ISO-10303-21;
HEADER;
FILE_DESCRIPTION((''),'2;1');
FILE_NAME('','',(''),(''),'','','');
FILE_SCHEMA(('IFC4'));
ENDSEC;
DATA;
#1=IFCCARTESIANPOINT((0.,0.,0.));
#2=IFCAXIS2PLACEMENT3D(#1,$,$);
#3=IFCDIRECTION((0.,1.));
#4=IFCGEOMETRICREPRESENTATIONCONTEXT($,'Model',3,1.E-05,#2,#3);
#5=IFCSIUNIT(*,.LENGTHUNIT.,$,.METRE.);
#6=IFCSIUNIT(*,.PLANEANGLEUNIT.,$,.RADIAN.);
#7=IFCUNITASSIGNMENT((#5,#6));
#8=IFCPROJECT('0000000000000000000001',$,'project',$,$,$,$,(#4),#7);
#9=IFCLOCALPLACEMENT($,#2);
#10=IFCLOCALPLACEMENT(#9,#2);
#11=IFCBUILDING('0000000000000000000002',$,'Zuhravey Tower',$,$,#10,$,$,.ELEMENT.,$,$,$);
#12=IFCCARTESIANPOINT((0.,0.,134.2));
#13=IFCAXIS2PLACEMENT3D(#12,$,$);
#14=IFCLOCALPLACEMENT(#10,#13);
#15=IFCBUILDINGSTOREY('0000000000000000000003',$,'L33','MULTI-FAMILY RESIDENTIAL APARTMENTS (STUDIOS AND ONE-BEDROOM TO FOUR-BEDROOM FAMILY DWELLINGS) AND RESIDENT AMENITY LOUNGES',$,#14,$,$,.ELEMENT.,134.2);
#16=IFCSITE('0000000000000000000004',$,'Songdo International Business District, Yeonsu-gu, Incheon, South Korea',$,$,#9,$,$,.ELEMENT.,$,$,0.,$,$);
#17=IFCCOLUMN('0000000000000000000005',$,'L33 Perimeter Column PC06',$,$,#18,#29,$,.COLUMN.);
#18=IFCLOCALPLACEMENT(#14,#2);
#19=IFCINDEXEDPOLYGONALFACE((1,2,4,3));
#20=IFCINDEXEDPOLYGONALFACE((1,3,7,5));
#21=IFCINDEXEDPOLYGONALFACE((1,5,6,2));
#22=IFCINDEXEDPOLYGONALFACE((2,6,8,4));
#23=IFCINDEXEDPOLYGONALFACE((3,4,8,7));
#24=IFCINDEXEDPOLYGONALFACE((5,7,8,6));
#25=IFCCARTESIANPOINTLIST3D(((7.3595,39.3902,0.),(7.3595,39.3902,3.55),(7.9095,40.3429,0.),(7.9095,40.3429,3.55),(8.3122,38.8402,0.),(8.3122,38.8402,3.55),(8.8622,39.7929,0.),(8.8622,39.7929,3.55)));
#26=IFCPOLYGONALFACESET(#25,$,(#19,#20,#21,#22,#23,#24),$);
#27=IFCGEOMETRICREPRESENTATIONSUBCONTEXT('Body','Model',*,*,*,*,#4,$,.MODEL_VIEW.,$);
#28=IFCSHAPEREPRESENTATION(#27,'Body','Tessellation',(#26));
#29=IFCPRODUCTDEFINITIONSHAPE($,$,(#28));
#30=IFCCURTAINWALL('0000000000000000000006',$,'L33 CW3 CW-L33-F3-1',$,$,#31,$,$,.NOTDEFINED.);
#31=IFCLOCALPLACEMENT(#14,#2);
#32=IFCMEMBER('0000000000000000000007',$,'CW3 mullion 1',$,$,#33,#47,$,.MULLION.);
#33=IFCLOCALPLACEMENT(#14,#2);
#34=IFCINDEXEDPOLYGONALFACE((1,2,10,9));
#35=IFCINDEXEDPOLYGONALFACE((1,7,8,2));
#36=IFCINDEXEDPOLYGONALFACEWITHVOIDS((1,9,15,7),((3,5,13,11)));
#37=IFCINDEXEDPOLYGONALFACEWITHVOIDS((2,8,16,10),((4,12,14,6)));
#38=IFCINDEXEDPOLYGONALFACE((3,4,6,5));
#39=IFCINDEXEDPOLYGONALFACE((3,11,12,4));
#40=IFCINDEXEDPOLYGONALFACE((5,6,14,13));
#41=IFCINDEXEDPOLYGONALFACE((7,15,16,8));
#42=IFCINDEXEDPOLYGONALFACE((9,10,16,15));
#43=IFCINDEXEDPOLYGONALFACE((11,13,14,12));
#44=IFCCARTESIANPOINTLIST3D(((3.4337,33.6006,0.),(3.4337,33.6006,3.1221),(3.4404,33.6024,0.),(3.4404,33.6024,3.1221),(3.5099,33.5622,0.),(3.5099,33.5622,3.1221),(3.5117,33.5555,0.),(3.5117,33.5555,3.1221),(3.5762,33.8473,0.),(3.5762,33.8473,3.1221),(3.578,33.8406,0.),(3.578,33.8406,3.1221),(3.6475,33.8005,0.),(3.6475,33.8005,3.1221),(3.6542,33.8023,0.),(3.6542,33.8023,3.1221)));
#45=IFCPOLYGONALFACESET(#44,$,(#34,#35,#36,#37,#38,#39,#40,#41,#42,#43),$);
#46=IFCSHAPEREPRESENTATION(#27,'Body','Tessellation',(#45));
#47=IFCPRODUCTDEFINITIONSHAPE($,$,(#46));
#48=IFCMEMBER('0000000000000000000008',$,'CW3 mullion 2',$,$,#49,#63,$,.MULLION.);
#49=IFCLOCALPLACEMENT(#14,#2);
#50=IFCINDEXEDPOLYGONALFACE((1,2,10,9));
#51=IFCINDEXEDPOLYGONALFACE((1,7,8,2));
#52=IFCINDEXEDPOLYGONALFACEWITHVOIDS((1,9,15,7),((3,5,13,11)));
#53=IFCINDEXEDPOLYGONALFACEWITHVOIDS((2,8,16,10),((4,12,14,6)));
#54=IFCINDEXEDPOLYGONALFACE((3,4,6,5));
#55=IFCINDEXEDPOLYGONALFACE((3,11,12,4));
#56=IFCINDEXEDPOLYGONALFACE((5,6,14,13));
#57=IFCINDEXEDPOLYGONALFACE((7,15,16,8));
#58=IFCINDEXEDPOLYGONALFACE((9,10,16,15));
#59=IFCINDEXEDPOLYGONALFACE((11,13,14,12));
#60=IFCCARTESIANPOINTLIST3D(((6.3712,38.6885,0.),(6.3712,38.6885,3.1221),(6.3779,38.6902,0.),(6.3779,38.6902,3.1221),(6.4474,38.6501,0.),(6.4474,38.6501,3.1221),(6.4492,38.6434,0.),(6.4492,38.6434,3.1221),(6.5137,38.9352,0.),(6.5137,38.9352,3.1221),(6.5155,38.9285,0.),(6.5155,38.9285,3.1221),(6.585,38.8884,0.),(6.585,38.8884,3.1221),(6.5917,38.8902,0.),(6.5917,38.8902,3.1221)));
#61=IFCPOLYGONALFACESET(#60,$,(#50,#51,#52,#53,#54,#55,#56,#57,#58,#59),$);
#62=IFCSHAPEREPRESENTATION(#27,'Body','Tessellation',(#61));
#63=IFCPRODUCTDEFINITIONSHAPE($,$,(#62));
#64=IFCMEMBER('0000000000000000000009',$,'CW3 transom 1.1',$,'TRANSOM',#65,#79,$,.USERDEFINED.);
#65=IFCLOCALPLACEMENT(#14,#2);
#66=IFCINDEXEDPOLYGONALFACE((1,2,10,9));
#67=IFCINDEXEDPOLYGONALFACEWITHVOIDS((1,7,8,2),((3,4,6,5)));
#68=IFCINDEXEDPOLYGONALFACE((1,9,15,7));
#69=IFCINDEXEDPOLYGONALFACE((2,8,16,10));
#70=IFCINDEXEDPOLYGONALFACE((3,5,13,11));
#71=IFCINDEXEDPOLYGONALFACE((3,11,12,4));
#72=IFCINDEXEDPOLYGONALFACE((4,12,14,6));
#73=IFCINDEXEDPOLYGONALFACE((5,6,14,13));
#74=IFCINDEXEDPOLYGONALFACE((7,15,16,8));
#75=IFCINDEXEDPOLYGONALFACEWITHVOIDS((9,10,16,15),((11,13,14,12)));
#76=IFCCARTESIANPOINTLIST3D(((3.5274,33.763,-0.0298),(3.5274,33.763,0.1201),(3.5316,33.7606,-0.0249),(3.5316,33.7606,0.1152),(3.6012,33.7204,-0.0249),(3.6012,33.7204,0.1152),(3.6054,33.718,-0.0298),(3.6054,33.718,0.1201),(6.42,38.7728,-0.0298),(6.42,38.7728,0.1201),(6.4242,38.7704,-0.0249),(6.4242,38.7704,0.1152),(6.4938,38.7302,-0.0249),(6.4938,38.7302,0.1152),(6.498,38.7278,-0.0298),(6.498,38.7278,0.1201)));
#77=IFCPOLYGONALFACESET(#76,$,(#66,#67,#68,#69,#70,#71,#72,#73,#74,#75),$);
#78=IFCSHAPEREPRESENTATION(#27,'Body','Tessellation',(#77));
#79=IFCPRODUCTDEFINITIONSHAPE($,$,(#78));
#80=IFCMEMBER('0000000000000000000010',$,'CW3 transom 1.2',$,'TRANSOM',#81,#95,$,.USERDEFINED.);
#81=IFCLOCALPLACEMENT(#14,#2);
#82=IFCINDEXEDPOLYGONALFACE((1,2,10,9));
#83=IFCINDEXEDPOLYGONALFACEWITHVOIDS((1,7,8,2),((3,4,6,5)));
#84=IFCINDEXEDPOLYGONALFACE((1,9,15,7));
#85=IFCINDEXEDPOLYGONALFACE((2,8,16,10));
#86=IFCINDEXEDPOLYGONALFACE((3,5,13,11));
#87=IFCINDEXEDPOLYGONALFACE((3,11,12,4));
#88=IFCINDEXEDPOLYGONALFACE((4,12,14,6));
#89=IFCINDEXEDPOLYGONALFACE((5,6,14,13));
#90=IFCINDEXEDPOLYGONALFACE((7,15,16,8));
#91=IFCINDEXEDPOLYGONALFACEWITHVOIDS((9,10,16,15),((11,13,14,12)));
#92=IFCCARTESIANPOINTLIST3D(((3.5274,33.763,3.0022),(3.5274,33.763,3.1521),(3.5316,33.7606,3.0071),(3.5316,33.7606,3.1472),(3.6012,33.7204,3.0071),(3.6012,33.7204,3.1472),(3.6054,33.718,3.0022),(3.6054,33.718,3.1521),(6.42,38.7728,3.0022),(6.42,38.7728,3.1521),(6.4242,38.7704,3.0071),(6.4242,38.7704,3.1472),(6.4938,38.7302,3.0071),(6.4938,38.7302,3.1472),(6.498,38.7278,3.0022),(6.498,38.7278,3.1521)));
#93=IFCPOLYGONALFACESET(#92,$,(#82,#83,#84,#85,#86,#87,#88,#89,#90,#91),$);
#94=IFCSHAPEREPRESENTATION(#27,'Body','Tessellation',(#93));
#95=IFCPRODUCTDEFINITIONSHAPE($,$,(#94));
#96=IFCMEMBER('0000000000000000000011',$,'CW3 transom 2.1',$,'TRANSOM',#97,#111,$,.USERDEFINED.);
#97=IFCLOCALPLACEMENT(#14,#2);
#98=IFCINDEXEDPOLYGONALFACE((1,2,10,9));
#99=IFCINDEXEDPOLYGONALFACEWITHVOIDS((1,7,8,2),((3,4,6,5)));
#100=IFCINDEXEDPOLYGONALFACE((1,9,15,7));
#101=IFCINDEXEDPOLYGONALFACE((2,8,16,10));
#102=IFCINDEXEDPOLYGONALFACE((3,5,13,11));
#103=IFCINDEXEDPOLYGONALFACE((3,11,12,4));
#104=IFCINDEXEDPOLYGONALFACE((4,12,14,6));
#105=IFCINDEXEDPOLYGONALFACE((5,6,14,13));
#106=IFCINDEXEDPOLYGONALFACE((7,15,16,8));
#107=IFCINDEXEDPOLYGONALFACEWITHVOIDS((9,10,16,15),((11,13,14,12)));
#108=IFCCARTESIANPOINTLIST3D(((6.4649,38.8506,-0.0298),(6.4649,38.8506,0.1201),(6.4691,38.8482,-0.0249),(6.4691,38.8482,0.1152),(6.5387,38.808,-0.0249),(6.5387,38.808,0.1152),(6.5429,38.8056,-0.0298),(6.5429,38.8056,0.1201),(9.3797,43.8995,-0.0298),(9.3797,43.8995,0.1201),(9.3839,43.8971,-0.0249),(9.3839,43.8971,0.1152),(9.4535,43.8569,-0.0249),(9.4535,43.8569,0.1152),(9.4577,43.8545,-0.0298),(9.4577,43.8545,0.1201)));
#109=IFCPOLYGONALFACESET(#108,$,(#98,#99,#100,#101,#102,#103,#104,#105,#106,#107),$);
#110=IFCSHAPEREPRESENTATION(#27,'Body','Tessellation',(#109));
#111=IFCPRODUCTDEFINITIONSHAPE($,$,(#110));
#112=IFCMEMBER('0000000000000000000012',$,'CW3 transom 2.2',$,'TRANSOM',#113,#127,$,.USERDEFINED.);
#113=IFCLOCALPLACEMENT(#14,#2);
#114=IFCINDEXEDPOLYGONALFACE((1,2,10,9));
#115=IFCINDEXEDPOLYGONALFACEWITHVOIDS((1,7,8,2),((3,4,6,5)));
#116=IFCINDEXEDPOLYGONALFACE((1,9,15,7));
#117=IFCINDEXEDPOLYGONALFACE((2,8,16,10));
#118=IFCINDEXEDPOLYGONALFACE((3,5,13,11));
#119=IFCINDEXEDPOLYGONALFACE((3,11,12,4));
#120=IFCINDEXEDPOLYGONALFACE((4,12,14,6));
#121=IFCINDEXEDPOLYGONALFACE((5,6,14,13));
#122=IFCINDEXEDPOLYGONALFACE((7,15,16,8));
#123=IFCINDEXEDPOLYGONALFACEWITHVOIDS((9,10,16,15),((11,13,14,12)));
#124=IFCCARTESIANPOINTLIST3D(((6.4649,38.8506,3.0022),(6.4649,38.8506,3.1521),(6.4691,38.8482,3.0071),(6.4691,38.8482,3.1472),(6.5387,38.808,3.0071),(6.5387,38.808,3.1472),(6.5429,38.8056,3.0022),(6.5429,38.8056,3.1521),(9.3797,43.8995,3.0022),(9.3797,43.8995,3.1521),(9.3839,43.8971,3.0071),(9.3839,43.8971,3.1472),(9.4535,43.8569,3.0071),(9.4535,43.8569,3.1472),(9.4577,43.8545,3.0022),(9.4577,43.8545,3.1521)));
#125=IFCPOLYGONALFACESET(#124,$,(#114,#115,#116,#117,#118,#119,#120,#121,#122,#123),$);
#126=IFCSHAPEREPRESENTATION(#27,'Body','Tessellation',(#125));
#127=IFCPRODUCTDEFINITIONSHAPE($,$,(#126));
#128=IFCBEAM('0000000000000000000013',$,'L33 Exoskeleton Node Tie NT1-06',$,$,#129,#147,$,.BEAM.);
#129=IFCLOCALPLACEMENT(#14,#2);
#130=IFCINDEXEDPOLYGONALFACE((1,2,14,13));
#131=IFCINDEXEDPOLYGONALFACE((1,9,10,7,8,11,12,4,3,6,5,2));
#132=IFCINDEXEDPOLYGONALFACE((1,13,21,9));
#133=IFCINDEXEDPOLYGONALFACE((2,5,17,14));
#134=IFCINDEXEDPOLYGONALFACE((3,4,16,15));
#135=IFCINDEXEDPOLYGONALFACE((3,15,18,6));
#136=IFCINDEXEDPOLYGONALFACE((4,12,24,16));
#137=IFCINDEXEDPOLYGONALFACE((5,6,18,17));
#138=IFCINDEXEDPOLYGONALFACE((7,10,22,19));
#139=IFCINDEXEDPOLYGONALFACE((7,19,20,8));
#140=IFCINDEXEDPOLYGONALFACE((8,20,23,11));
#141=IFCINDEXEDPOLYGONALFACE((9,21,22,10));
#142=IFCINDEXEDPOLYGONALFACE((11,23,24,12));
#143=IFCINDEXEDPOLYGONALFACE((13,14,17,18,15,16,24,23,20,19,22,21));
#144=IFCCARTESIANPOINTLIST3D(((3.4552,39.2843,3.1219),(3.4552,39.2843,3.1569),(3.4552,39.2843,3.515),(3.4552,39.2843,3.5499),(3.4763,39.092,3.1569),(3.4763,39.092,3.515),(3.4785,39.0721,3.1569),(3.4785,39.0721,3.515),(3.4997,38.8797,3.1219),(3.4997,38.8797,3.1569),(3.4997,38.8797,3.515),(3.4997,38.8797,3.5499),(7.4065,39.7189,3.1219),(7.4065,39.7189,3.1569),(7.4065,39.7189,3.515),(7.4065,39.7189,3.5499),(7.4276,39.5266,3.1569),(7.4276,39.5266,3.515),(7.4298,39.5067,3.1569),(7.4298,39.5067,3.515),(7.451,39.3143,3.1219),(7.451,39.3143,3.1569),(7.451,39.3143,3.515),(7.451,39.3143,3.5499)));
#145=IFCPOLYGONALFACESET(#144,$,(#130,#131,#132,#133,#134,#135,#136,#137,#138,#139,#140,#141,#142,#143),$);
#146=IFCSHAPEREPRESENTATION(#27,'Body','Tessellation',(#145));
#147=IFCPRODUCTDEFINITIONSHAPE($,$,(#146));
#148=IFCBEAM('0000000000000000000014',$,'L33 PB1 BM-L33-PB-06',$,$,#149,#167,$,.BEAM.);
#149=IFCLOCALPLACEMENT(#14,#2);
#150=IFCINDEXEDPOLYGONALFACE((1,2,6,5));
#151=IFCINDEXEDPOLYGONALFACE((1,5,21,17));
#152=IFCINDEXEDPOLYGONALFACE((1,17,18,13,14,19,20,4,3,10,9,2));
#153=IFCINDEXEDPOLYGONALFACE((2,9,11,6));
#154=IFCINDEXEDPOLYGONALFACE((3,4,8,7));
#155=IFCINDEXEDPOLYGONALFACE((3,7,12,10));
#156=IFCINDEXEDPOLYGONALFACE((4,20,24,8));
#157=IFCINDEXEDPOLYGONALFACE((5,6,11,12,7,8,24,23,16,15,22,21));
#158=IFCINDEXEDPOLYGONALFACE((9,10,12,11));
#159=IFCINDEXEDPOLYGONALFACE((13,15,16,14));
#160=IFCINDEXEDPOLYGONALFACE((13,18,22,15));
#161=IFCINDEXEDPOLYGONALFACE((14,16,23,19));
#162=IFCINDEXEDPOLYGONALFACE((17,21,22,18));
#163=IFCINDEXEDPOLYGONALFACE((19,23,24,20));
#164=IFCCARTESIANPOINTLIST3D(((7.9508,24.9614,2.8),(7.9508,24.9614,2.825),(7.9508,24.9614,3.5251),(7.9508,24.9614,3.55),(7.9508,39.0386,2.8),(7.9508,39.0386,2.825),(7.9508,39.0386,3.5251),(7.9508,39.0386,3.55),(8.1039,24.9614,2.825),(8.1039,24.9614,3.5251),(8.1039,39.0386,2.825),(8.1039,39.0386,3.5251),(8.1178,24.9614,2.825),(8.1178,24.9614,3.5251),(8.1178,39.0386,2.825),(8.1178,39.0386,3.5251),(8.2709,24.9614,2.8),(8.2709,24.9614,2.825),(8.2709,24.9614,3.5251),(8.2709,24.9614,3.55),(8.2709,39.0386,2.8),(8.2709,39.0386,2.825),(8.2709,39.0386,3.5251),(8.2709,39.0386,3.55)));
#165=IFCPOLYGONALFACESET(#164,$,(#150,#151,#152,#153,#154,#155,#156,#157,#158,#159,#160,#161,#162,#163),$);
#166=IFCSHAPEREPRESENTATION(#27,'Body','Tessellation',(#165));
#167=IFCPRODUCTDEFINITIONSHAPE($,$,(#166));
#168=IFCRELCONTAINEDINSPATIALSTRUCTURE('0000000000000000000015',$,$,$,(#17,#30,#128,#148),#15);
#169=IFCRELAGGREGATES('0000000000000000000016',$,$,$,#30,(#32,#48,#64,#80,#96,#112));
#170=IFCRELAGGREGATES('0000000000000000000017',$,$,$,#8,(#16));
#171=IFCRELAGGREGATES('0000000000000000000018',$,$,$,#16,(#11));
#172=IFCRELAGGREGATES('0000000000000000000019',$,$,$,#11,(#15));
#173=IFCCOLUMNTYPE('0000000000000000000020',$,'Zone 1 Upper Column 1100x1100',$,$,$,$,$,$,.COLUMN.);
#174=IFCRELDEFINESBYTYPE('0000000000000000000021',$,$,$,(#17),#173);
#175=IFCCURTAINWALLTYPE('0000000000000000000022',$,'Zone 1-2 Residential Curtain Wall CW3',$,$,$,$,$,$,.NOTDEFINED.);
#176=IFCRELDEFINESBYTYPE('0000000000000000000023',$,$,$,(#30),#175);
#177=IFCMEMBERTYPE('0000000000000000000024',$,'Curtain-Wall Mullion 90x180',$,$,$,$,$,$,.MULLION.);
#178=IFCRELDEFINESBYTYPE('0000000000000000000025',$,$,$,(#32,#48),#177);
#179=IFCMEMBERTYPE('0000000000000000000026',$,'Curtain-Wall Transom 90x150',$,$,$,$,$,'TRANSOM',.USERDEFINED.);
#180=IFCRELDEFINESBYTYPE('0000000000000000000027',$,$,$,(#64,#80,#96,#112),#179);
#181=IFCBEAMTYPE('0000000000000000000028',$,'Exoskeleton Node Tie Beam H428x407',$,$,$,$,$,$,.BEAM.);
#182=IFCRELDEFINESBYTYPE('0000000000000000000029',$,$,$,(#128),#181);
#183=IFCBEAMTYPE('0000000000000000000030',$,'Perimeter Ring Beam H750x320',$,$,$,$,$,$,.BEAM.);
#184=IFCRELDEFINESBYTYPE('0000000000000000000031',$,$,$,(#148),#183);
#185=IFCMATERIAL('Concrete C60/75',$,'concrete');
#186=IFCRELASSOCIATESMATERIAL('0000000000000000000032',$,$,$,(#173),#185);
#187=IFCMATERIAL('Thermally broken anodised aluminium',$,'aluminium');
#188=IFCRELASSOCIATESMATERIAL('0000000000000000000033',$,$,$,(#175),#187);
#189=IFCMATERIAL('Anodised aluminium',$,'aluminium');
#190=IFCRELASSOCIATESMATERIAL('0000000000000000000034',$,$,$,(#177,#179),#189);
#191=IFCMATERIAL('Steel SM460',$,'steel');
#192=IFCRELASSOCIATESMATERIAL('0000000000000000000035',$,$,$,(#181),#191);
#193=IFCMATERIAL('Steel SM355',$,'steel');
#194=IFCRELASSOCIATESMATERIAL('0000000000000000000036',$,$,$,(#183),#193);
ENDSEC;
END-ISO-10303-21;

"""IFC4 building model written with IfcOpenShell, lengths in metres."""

from ifc_helpers import new_model, si_unit, direction, frame, origin, origin_2d, place, context, subcontext, project, spatial, rectangle, hollow_rectangle, i_section, extrude, material, material_profile, profile_set, type_object, element, aggregate, save


model = new_model("IFC4")

# Units and contexts
model_context = context("Model", 3, precision=1e-05, world=origin(), true_north=direction((0.0, 1.0)))
body_context = subcontext(model_context, "Body", "Model", "MODEL_VIEW")
ifc_project = project(units=[si_unit("LENGTHUNIT", "METRE"), si_unit("PLANEANGLEUNIT", "RADIAN")], contexts=[model_context])

# Site, building, storey
site_placement = place(None, origin())
site = spatial("IfcSite", under=ifc_project, at=site_placement, Name="Songdo International Business District, Yeonsu-gu, Incheon, South Korea", CompositionType="ELEMENT", RefElevation=0.0)
building_placement = place(site_placement, origin())
building = spatial("IfcBuilding", under=site, at=building_placement, Name="Zuhravey Tower", CompositionType="ELEMENT")
storey_placement = place(building_placement, frame((0.0, 0.0, 134.2)))
storey = spatial("IfcBuildingStorey", under=building, at=storey_placement, Name="L33", Description="MULTI-FAMILY RESIDENTIAL APARTMENTS (STUDIOS AND ONE-BEDROOM TO FOUR-BEDROOM FAMILY DWELLINGS) AND RESIDENT AMENITY LOUNGES", CompositionType="ELEMENT", Elevation=134.2)

# Column
ifc_material_1 = material(Name="Concrete C60/75", Category="concrete")
ifc_material_profile_1 = material_profile(ifc_material_1, rectangle(XDim=1.1001, YDim=1.1001, at=origin_2d()), Name="RC-1100x1100")
ifc_profile_set_1 = profile_set([ifc_material_profile_1], Name="Concrete C60/75")
column_type = type_object("IfcColumnType", Name="Zone 1 Upper Column 1100x1100", PredefinedType="COLUMN", material=ifc_profile_set_1)
column_placement = place(storey_placement, frame((8.1108, 39.5916, 0.0), z_axis=(0.0, 0.0, 1.0), x_axis=(-0.5, -0.866025, 0.0)))
element("IfcColumn", 1, at=column_placement, inside=storey, type_object=column_type, Name="L33 Perimeter Column PC06", PredefinedType="COLUMN", context=body_context, shape_type="SweptSolid", body=[
    extrude(rectangle(XDim=1.1001, YDim=1.1001, at=origin_2d()), origin(), (0.0, 0.0, 1.0), 3.55),
])

# Curtain wall, members
ifc_material_2 = material(Name="Thermally broken anodised aluminium", Category="aluminium")
curtain_wall_type = type_object("IfcCurtainWallType", Name="Zone 1-2 Residential Curtain Wall CW3", PredefinedType="NOTDEFINED", material=ifc_material_2)
curtain_wall_placement = place(storey_placement, origin())
curtain_wall = element("IfcCurtainWall", 2, at=curtain_wall_placement, inside=storey, type_object=curtain_wall_type, Name="L33 CW3 CW-L33-F3-1", PredefinedType="NOTDEFINED")
ifc_material_3 = material(Name="Anodised aluminium", Category="aluminium")
ifc_material_profile_2 = material_profile(ifc_material_3, hollow_rectangle(XDim=0.0901, YDim=0.2849, WallThickness=0.0049, at=origin_2d()), Name="ALU-RHS-90x285x5")
ifc_profile_set_2 = profile_set([ifc_material_profile_2], Name="Anodised aluminium")
member_type_1 = type_object("IfcMemberType", Name="Curtain-Wall Mullion 90x180", PredefinedType="MULLION", material=ifc_profile_set_2)
member_1_placement = place(storey_placement, frame((3.5439, 33.7014, 0.0), z_axis=(0.0, 0.0, 1.0), x_axis=(-0.866026, 0.5, 0.0)))
member_1 = element("IfcMember", 3, at=member_1_placement, type_object=member_type_1, Name="CW3 mullion 1", PredefinedType="MULLION", context=body_context, shape_type="SweptSolid", body=[
    extrude(hollow_rectangle(XDim=0.0901, YDim=0.2849, WallThickness=0.0049, at=origin_2d()), origin(), (0.0, 0.0, 1.0), 3.1221),
])
member_2_placement = place(storey_placement, frame((6.4814, 38.7893, 0.0), z_axis=(0.0, 0.0, 1.0), x_axis=(-0.866026, 0.5, 0.0)))
member_2 = element("IfcMember", 4, at=member_2_placement, type_object=member_type_1, Name="CW3 mullion 2", PredefinedType="MULLION", context=body_context, shape_type="SweptSolid", body=[
    extrude(hollow_rectangle(XDim=0.0901, YDim=0.2849, WallThickness=0.0049, at=origin_2d()), origin(), (0.0, 0.0, 1.0), 3.1221),
])
ifc_material_profile_3 = material_profile(ifc_material_3, hollow_rectangle(XDim=0.0901, YDim=0.1499, WallThickness=0.0049, at=origin_2d()), Name="ALU-RHS-90x150x5")
ifc_profile_set_3 = profile_set([ifc_material_profile_3], Name="Anodised aluminium")
member_type_2 = type_object("IfcMemberType", Name="Curtain-Wall Transom 90x150", ElementType="TRANSOM", PredefinedType="USERDEFINED", material=ifc_profile_set_3)
member_3_placement = place(storey_placement, frame((3.5664, 33.7405, 0.0452), z_axis=(0.500024, 0.866011, 0.0), x_axis=(-0.866011, 0.500024, 0.0)))
member_3 = element("IfcMember", 5, at=member_3_placement, type_object=member_type_2, Name="CW3 transom 1.1", ObjectType="TRANSOM", PredefinedType="USERDEFINED", context=body_context, shape_type="SweptSolid", body=[
    extrude(hollow_rectangle(XDim=0.0901, YDim=0.1499, WallThickness=0.0049, at=origin_2d()), origin(), (0.0, 0.0, 1.0), 5.7849),
])
member_4_placement = place(storey_placement, frame((3.5664, 33.7405, 3.0771), z_axis=(0.500024, 0.866011, 0.0), x_axis=(-0.866011, 0.500024, 0.0)))
member_4 = element("IfcMember", 6, at=member_4_placement, type_object=member_type_2, Name="CW3 transom 1.2", ObjectType="TRANSOM", PredefinedType="USERDEFINED", context=body_context, shape_type="SweptSolid", body=[
    extrude(hollow_rectangle(XDim=0.0901, YDim=0.1499, WallThickness=0.0049, at=origin_2d()), origin(), (0.0, 0.0, 1.0), 5.7849),
])
member_5_placement = place(storey_placement, frame((6.5039, 38.8281, 0.0452), z_axis=(0.499981, 0.866036, 0.0), x_axis=(-0.866036, 0.499981, 0.0)))
member_5 = element("IfcMember", 7, at=member_5_placement, type_object=member_type_2, Name="CW3 transom 2.1", ObjectType="TRANSOM", PredefinedType="USERDEFINED", context=body_context, shape_type="SweptSolid", body=[
    extrude(hollow_rectangle(XDim=0.0901, YDim=0.1499, WallThickness=0.0049, at=origin_2d()), origin(), (0.0, 0.0, 1.0), 5.8298),
])
member_6_placement = place(storey_placement, frame((6.5039, 38.8281, 3.0771), z_axis=(0.499981, 0.866036, 0.0), x_axis=(-0.866036, 0.499981, 0.0)))
member_6 = element("IfcMember", 8, at=member_6_placement, type_object=member_type_2, Name="CW3 transom 2.2", ObjectType="TRANSOM", PredefinedType="USERDEFINED", context=body_context, shape_type="SweptSolid", body=[
    extrude(hollow_rectangle(XDim=0.0901, YDim=0.1499, WallThickness=0.0049, at=origin_2d()), origin(), (0.0, 0.0, 1.0), 5.8298),
])

# Beams
ifc_material_4 = material(Name="Steel SM460", Category="steel")
ifc_material_profile_4 = material_profile(ifc_material_4, i_section(OverallWidth=0.407, OverallDepth=0.428, WebThickness=0.02, FlangeThickness=0.0349, at=origin_2d()), Name="H-428x407x20x35")
ifc_profile_set_4 = profile_set([ifc_material_profile_4], Name="Steel SM460")
beam_type_1 = type_object("IfcBeamType", Name="Exoskeleton Node Tie Beam H428x407", PredefinedType="BEAM", material=ifc_profile_set_4)
beam_1_placement = place(storey_placement, frame((7.4287, 39.5166, 3.3359), z_axis=(-0.994006, -0.109326, 0.0), x_axis=(0.109326, -0.994006, 0.0)))
element("IfcBeam", 9, at=beam_1_placement, inside=storey, type_object=beam_type_1, Name="L33 Exoskeleton Node Tie NT1-06", PredefinedType="BEAM", context=body_context, shape_type="SweptSolid", body=[
    extrude(i_section(OverallWidth=0.407, OverallDepth=0.428, WebThickness=0.02, FlangeThickness=0.0349, at=origin_2d()), origin(), (0.0, 0.0, 1.0), 3.9751),
])
ifc_material_5 = material(Name="Steel SM355", Category="steel")
ifc_material_profile_5 = material_profile(ifc_material_5, i_section(OverallWidth=0.3201, OverallDepth=0.75, WebThickness=0.0139, FlangeThickness=0.0249, at=origin_2d()), Name="H-750x320x14x25")
ifc_profile_set_5 = profile_set([ifc_material_profile_5], Name="Steel SM355")
beam_type_2 = type_object("IfcBeamType", Name="Perimeter Ring Beam H750x320", PredefinedType="BEAM", material=ifc_profile_set_5)
beam_2_placement = place(storey_placement, frame((8.1108, 39.0386, 3.175), z_axis=(0.0, -1.0, 0.0), x_axis=(1.0, 0.0, 0.0)))
element("IfcBeam", 10, at=beam_2_placement, inside=storey, type_object=beam_type_2, Name="L33 PB1 BM-L33-PB-06", PredefinedType="BEAM", context=body_context, shape_type="SweptSolid", body=[
    extrude(i_section(OverallWidth=0.3201, OverallDepth=0.75, WebThickness=0.0139, FlangeThickness=0.0249, at=origin_2d()), origin(), (0.0, 0.0, 1.0), 14.0771),
])

aggregate(curtain_wall, [member_1, member_2, member_3, member_4, member_5, member_6])

save(model, "model.ifc")
